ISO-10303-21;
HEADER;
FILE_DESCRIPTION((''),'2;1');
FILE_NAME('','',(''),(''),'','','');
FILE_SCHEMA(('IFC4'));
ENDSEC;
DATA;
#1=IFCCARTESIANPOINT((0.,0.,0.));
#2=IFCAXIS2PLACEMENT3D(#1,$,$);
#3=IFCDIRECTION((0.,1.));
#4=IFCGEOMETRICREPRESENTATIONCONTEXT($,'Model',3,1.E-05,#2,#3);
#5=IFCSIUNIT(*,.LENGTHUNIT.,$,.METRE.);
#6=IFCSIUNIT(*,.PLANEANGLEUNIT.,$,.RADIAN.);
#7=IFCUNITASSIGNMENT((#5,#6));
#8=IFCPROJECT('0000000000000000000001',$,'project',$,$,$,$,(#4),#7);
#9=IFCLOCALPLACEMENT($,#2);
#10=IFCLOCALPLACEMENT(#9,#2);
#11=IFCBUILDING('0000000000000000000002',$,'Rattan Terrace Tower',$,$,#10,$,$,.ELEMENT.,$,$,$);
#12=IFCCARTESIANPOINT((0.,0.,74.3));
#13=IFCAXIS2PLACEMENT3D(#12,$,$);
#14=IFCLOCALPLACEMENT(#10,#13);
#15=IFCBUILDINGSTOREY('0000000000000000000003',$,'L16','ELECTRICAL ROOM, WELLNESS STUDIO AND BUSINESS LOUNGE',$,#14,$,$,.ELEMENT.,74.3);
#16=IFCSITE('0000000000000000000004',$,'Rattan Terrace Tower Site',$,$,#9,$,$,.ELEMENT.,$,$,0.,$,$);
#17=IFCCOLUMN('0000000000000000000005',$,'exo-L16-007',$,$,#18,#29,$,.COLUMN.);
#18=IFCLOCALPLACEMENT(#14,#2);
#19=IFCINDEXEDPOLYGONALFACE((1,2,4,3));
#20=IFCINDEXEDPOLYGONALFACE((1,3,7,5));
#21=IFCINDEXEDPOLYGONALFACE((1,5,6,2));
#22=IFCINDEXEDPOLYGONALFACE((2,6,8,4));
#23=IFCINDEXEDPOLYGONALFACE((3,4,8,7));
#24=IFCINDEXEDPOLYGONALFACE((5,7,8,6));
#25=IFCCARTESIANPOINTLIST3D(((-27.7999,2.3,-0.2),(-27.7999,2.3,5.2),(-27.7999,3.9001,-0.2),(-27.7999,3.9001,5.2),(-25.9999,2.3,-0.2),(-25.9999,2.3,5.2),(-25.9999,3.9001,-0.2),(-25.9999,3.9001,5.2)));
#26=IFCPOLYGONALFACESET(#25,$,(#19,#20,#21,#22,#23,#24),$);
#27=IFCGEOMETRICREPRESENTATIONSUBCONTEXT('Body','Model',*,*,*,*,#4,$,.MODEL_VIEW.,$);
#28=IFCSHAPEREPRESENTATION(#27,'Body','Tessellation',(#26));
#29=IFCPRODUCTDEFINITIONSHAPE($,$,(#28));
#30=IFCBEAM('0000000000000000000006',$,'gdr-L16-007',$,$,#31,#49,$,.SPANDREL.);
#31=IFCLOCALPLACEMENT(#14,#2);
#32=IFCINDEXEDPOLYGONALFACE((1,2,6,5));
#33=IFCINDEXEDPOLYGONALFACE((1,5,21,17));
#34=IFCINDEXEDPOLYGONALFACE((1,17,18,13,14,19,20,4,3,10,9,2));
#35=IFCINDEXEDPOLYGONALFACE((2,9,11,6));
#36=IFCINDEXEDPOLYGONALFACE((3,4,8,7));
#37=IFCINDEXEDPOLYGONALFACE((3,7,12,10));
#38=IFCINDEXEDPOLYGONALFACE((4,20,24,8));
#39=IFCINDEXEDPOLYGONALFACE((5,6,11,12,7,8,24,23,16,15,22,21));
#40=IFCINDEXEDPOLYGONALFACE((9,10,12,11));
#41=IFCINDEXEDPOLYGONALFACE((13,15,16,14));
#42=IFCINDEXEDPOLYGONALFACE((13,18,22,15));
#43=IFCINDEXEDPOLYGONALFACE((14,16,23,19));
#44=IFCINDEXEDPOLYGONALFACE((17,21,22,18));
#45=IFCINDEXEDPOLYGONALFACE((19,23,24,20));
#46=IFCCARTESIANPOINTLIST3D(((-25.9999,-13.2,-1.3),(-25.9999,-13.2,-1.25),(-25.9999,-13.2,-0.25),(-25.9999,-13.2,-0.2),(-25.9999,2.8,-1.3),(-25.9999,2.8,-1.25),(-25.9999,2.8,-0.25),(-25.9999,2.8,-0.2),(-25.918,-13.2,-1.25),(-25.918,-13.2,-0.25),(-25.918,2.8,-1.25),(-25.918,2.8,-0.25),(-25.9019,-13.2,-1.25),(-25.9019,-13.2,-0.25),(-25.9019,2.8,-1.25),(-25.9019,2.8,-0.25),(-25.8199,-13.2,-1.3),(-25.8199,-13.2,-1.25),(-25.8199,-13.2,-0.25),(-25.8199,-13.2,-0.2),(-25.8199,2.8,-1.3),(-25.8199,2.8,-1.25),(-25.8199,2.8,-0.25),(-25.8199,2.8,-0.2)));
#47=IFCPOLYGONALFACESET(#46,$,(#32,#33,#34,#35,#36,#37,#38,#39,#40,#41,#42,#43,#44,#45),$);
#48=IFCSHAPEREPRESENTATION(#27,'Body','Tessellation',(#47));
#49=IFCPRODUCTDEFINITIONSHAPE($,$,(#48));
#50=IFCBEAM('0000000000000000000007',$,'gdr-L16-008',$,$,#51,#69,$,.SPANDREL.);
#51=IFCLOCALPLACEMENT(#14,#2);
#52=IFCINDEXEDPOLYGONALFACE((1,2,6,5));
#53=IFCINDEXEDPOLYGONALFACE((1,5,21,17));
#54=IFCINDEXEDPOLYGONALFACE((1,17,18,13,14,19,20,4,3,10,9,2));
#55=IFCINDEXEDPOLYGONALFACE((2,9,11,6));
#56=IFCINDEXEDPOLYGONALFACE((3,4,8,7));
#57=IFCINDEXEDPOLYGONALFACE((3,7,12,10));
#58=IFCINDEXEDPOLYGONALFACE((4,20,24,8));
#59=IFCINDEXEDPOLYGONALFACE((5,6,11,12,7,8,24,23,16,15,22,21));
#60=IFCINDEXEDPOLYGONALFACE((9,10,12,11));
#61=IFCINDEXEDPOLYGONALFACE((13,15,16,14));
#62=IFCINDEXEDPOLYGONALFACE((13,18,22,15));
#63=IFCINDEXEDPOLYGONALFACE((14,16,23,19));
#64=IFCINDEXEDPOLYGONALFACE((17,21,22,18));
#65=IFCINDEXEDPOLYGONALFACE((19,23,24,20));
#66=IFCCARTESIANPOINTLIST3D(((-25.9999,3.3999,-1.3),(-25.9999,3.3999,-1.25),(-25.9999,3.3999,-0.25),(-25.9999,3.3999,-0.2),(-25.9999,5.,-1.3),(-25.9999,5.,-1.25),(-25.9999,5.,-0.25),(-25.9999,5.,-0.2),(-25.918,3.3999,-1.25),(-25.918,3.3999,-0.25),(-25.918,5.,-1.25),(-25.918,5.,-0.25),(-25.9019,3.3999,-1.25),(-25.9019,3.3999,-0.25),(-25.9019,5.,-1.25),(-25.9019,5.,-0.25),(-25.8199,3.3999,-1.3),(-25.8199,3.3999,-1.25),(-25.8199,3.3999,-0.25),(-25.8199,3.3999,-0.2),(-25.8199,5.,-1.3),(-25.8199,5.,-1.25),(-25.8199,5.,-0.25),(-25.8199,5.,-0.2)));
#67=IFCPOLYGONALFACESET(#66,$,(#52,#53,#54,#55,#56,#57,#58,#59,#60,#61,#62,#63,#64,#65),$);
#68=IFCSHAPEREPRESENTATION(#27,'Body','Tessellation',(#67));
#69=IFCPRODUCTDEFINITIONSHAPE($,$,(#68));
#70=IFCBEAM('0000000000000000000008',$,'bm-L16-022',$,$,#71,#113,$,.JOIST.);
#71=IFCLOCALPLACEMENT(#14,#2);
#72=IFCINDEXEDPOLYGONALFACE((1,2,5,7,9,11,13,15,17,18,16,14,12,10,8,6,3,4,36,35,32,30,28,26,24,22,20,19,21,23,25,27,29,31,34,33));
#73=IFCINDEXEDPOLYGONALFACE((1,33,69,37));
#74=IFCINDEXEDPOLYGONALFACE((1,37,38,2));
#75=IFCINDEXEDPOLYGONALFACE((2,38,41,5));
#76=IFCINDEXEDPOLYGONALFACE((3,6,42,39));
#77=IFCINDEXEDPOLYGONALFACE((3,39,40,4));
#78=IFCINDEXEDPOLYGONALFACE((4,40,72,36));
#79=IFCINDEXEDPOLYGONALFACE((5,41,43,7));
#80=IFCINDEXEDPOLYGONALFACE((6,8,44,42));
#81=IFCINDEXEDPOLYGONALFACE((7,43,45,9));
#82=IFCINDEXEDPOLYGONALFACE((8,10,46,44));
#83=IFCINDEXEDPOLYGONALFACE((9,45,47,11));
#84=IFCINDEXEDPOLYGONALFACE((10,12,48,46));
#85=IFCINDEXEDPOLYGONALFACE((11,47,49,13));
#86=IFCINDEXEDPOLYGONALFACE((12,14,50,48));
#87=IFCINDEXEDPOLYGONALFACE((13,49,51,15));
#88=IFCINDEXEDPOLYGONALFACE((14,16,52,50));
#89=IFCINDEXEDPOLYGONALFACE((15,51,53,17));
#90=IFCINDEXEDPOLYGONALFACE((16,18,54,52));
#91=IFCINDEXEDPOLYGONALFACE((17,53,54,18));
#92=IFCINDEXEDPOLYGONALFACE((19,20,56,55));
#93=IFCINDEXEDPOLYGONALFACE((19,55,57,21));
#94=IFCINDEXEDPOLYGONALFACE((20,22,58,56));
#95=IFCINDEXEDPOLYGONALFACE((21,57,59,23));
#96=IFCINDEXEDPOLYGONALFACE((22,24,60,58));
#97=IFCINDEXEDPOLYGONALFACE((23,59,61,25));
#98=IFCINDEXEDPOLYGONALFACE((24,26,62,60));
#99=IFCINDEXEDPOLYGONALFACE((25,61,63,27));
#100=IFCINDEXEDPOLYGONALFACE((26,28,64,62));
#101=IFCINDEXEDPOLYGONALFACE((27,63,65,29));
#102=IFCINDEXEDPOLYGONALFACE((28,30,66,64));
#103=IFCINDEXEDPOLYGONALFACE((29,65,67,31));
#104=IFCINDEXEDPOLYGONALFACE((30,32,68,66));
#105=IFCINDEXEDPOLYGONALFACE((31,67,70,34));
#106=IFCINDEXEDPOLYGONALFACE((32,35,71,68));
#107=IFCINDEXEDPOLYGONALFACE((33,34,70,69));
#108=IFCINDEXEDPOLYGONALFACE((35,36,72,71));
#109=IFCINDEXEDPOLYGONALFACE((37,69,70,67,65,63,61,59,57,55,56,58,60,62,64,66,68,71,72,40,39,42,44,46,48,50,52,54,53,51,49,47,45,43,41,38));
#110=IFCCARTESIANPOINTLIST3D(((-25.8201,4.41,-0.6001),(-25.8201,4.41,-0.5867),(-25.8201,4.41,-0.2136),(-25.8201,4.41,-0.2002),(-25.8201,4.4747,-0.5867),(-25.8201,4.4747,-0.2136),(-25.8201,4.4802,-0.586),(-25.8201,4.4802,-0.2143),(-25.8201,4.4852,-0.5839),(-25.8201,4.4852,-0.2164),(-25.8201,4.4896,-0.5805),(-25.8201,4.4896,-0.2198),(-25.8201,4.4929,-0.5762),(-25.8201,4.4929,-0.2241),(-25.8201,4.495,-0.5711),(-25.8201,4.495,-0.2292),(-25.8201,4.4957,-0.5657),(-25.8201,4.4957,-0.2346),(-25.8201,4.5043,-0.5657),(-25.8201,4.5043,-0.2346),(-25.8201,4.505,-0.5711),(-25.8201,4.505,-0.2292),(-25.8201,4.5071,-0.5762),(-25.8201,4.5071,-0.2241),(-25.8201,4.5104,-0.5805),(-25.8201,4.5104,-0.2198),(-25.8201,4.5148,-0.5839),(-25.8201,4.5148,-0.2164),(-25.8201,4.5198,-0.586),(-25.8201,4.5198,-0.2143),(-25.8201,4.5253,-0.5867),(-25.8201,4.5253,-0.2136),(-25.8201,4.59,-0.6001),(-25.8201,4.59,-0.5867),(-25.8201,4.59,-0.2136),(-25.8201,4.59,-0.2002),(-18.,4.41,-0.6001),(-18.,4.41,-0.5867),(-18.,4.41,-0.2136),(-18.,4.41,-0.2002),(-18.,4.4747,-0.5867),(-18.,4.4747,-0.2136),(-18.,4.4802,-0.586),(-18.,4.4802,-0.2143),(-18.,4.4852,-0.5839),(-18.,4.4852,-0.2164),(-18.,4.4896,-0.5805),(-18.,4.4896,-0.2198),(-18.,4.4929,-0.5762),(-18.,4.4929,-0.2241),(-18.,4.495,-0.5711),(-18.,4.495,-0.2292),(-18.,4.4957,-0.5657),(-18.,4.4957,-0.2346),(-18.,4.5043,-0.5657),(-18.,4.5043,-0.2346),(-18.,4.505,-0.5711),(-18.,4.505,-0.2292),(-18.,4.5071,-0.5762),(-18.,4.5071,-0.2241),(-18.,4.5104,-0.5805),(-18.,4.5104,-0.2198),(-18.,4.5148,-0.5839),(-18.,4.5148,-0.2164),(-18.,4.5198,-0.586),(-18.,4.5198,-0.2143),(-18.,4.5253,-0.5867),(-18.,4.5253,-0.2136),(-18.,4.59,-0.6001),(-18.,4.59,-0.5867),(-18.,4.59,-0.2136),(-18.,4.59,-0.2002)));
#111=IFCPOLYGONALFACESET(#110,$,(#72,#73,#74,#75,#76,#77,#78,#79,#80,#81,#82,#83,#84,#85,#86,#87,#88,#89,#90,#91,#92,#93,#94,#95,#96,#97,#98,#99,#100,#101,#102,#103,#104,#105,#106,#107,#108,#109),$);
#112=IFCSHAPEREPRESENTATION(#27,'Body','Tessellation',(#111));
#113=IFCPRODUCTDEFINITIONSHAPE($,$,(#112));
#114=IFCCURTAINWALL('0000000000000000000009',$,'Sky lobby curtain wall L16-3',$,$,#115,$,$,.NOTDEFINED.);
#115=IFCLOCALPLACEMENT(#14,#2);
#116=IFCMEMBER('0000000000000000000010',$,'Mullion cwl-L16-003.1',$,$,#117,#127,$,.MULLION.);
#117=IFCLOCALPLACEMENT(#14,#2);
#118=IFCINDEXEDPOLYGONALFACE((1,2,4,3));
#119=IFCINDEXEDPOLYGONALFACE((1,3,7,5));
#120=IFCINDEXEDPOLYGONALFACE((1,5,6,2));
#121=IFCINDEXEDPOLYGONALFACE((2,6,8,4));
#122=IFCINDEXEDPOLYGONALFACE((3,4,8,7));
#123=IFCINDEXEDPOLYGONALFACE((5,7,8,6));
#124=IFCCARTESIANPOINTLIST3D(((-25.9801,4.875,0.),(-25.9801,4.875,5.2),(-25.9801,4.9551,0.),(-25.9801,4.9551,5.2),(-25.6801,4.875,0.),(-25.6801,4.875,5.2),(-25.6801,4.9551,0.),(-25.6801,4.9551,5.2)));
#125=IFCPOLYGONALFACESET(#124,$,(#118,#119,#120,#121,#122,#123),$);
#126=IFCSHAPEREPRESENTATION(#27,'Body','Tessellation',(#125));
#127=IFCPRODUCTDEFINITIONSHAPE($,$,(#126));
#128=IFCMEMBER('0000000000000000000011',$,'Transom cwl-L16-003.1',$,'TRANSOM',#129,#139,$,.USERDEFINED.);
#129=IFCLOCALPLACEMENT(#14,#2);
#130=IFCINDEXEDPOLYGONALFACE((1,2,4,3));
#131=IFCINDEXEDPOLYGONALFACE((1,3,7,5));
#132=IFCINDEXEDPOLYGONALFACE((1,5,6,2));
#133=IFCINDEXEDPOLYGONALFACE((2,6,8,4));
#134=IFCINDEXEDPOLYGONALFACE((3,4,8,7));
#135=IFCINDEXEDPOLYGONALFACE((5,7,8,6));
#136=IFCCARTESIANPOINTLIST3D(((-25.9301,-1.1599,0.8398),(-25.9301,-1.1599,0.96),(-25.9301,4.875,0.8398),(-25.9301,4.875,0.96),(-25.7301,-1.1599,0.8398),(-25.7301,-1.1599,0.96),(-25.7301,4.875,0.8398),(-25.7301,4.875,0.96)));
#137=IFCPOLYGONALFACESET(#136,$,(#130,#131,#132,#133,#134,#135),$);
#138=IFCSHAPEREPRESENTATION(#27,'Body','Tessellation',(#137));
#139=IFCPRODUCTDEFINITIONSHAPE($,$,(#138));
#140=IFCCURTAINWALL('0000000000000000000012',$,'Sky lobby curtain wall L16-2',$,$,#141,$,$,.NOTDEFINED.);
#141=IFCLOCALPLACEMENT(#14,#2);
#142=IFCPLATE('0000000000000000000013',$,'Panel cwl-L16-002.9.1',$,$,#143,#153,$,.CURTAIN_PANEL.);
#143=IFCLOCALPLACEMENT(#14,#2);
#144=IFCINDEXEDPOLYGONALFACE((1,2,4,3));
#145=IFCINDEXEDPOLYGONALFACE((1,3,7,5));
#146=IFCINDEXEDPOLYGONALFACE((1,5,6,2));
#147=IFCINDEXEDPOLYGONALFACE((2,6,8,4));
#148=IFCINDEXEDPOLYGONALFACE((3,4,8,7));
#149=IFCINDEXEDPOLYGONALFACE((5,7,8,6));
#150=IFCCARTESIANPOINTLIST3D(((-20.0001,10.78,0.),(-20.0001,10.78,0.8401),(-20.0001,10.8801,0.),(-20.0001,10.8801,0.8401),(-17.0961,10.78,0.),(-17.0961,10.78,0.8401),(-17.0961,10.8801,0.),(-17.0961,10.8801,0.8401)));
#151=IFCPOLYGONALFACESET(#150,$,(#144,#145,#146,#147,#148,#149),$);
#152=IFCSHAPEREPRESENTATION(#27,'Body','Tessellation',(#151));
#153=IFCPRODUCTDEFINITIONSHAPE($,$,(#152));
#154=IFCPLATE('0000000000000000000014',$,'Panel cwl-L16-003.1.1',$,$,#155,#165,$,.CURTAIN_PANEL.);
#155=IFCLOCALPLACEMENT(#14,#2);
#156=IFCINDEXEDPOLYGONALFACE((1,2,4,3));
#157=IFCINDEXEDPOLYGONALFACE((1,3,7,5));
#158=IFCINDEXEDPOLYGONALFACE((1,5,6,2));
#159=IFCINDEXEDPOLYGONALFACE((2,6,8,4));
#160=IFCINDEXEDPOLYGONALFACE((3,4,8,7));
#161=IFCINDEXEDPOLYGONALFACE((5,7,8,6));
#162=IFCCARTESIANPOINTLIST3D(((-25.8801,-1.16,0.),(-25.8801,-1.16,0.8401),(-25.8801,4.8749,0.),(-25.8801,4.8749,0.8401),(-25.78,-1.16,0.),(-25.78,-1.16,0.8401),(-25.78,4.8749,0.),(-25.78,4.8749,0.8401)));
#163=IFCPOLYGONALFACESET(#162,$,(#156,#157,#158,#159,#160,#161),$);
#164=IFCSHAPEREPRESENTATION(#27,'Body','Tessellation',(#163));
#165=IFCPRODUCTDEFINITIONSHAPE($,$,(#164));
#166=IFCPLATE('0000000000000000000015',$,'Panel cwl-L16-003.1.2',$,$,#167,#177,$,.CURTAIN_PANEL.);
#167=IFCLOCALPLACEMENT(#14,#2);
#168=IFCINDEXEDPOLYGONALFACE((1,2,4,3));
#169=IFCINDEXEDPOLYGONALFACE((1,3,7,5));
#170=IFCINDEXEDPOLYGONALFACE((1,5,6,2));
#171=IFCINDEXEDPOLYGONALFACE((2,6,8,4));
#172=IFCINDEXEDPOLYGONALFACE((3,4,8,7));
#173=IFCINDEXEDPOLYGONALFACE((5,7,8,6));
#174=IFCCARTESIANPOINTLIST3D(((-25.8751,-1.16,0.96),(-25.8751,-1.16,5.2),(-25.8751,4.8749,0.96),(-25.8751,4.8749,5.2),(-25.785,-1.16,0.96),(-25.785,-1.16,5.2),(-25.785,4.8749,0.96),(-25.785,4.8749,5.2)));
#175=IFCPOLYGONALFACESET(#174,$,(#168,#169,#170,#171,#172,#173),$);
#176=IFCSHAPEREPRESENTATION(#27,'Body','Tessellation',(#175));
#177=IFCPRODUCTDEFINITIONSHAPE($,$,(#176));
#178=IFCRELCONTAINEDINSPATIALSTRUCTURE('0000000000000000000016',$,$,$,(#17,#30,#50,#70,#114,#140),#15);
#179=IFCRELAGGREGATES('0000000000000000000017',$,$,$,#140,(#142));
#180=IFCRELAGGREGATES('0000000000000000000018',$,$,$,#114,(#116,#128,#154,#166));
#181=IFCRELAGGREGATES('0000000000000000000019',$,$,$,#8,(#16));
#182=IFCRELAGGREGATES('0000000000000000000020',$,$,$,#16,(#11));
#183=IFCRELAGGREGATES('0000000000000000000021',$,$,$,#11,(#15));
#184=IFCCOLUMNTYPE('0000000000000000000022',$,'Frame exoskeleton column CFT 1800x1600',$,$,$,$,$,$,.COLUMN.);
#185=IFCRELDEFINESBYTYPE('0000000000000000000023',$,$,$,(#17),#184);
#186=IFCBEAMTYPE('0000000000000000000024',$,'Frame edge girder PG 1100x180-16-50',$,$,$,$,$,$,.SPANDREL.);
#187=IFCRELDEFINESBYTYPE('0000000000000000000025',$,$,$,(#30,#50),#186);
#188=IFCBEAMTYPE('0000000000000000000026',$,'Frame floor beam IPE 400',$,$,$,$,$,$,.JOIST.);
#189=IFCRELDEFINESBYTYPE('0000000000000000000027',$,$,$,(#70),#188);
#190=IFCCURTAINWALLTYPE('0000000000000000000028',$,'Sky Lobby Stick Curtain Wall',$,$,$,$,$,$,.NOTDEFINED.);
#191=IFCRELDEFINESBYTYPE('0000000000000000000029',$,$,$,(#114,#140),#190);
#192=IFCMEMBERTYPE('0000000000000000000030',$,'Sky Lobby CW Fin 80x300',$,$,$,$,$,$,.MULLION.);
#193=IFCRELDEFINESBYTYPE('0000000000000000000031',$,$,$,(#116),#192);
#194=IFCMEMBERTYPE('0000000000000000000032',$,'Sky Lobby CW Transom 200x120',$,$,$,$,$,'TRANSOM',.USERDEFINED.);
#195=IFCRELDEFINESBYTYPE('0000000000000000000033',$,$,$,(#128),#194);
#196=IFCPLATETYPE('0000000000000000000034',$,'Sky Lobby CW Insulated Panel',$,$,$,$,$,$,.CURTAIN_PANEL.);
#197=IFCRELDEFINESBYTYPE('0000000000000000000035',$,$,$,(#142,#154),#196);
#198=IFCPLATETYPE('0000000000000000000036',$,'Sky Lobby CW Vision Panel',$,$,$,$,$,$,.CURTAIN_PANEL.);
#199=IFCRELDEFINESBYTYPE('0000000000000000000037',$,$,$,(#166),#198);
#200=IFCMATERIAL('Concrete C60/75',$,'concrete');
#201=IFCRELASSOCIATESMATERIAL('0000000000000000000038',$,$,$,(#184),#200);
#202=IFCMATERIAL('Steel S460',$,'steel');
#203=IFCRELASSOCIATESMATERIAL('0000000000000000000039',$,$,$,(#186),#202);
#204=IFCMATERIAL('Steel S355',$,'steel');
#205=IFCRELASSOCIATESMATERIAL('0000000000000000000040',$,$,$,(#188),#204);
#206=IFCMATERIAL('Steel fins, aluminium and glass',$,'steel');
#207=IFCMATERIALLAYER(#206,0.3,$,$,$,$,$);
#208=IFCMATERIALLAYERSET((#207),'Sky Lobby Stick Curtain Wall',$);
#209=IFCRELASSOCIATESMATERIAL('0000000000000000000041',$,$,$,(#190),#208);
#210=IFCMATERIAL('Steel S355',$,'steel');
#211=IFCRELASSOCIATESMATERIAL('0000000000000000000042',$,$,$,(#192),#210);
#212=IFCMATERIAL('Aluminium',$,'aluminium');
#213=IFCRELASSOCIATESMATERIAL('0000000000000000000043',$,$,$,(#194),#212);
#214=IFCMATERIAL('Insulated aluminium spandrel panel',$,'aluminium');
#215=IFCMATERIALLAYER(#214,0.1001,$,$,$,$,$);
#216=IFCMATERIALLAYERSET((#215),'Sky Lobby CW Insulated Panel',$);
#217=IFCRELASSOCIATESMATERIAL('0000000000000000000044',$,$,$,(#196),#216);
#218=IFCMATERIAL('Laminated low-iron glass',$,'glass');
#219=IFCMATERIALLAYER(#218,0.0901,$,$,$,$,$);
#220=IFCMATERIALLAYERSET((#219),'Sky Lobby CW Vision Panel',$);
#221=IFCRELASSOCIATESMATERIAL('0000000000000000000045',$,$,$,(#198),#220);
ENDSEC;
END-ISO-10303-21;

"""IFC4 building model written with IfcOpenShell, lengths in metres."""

from ifc_helpers import new_model, si_unit, direction, frame, origin, origin_2d, place, context, subcontext, project, spatial, rectangle, i_section, extrude, material, layer, layer_set, material_profile, profile_set, type_object, element, aggregate, save


model = new_model("IFC4")

# Units and contexts
model_context = context("Model", 3, precision=1e-05, world=origin(), true_north=direction((0.0, 1.0)))
body_context = subcontext(model_context, "Body", "Model", "MODEL_VIEW")
ifc_project = project(units=[si_unit("LENGTHUNIT", "METRE"), si_unit("PLANEANGLEUNIT", "RADIAN")], contexts=[model_context])

# Site, building, storey
site_placement = place(None, origin())
site = spatial("IfcSite", under=ifc_project, at=site_placement, Name="Rattan Terrace Tower Site", CompositionType="ELEMENT", RefElevation=0.0)
building_placement = place(site_placement, origin())
building = spatial("IfcBuilding", under=site, at=building_placement, Name="Rattan Terrace Tower", CompositionType="ELEMENT")
storey_placement = place(building_placement, frame((0.0, 0.0, 74.3)))
storey = spatial("IfcBuildingStorey", under=building, at=storey_placement, Name="L16", Description="ELECTRICAL ROOM, WELLNESS STUDIO AND BUSINESS LOUNGE", CompositionType="ELEMENT", Elevation=74.3)

# Column
ifc_material_1 = material(Name="Concrete C60/75", Category="concrete")
ifc_material_profile_1 = material_profile(ifc_material_1, rectangle(XDim=1.6001, YDim=1.8, at=origin_2d()), Name="CFT 1800x1600")
ifc_profile_set_1 = profile_set([ifc_material_profile_1], Name="Concrete C60/75")
column_type = type_object("IfcColumnType", Name="Frame exoskeleton column CFT 1800x1600", PredefinedType="COLUMN", material=ifc_profile_set_1)
column_placement = place(storey_placement, frame((-26.8999, 3.1001, -0.2), z_axis=(0.0, 0.0, 1.0), x_axis=(0.0, 1.0, 0.0)))
element("IfcColumn", 1, at=column_placement, inside=storey, type_object=column_type, Name="exo-L16-007", PredefinedType="COLUMN", context=body_context, shape_type="SweptSolid", body=[
    extrude(rectangle(XDim=1.6001, YDim=1.8, at=origin_2d()), origin(), (0.0, 0.0, 1.0), 5.3999),
])

# Beams
ifc_material_2 = material(Name="Steel S460", Category="steel")
ifc_material_profile_2 = material_profile(ifc_material_2, i_section(OverallWidth=0.1799, OverallDepth=1.1001, WebThickness=0.0161, FlangeThickness=0.05, at=origin_2d()), Name="PG 1100x180-16-50")
ifc_profile_set_2 = profile_set([ifc_material_profile_2], Name="Steel S460")
beam_type_1 = type_object("IfcBeamType", Name="Frame edge girder PG 1100x180-16-50", PredefinedType="SPANDREL", material=ifc_profile_set_2)
beam_1_placement = place(storey_placement, frame((-25.9099, 2.8, -0.75), z_axis=(0.0, -1.0, 0.0), x_axis=(1.0, 0.0, 0.0)))
element("IfcBeam", 2, at=beam_1_placement, inside=storey, type_object=beam_type_1, Name="gdr-L16-007", PredefinedType="SPANDREL", context=body_context, shape_type="SweptSolid", body=[
    extrude(i_section(OverallWidth=0.1799, OverallDepth=1.1001, WebThickness=0.0161, FlangeThickness=0.05, at=origin_2d()), origin(), (0.0, 0.0, 1.0), 16.0),
])
beam_2_placement = place(storey_placement, frame((-25.9099, 3.3999, -0.75), z_axis=(0.0, 1.0, 0.0), x_axis=(-1.0, 0.0, 0.0)))
element("IfcBeam", 3, at=beam_2_placement, inside=storey, type_object=beam_type_1, Name="gdr-L16-008", PredefinedType="SPANDREL", context=body_context, shape_type="SweptSolid", body=[
    extrude(i_section(OverallWidth=0.1799, OverallDepth=1.1001, WebThickness=0.0161, FlangeThickness=0.05, at=origin_2d()), origin(), (0.0, 0.0, 1.0), 1.6001),
])
ifc_material_3 = material(Name="Steel S355", Category="steel")
ifc_material_profile_3 = material_profile(ifc_material_3, i_section(OverallWidth=0.1799, OverallDepth=0.3999, WebThickness=0.0085, FlangeThickness=0.0134, FilletRadius=0.021, at=origin_2d()), Name="IPE 400")
ifc_profile_set_3 = profile_set([ifc_material_profile_3], Name="Steel S355")
beam_type_2 = type_object("IfcBeamType", Name="Frame floor beam IPE 400", PredefinedType="JOIST", material=ifc_profile_set_3)
beam_3_placement = place(storey_placement, frame((-25.8201, 4.5, -0.4001), z_axis=(1.0, 0.0, 0.0), x_axis=(0.0, 1.0, 0.0)))
element("IfcBeam", 4, at=beam_3_placement, inside=storey, type_object=beam_type_2, Name="bm-L16-022", PredefinedType="JOIST", context=body_context, shape_type="SweptSolid", body=[
    extrude(i_section(OverallWidth=0.1799, OverallDepth=0.3999, WebThickness=0.0085, FlangeThickness=0.0134, FilletRadius=0.021, at=origin_2d()), origin(), (0.0, 0.0, 1.0), 7.8201),
])

# Curtain wall, members
ifc_material_4 = material(Name="Steel fins, aluminium and glass", Category="steel")
ifc_layer_1 = layer(ifc_material_4, 0.3)
ifc_layer_set_1 = layer_set([ifc_layer_1], Name="Sky Lobby Stick Curtain Wall")
curtain_wall_type = type_object("IfcCurtainWallType", Name="Sky Lobby Stick Curtain Wall", PredefinedType="NOTDEFINED", material=ifc_layer_set_1)
curtain_wall_1_placement = place(storey_placement, origin())
curtain_wall_1 = element("IfcCurtainWall", 5, at=curtain_wall_1_placement, inside=storey, type_object=curtain_wall_type, Name="Sky lobby curtain wall L16-3", PredefinedType="NOTDEFINED")
ifc_material_5 = material(Name="Steel S355", Category="steel")
ifc_material_profile_4 = material_profile(ifc_material_5, rectangle(XDim=0.0801, YDim=0.3, at=origin_2d()), Name="Steel S355 80x300")
ifc_profile_set_4 = profile_set([ifc_material_profile_4], Name="Steel S355")
member_type_1 = type_object("IfcMemberType", Name="Sky Lobby CW Fin 80x300", PredefinedType="MULLION", material=ifc_profile_set_4)
member_1_placement = place(storey_placement, frame((-25.8301, 4.915, 0.0), z_axis=(0.0, 0.0, 1.0), x_axis=(0.0, -1.0, 0.0)))
member_1 = element("IfcMember", 6, at=member_1_placement, type_object=member_type_1, Name="Mullion cwl-L16-003.1", PredefinedType="MULLION", context=body_context, shape_type="SweptSolid", body=[
    extrude(rectangle(XDim=0.0801, YDim=0.3, at=origin_2d()), origin(), (0.0, 0.0, 1.0), 5.2),
])
ifc_material_6 = material(Name="Aluminium", Category="aluminium")
ifc_material_profile_5 = material_profile(ifc_material_6, rectangle(XDim=0.2, YDim=0.1201, at=origin_2d()), Name="Aluminium 200x120")
ifc_profile_set_5 = profile_set([ifc_material_profile_5], Name="Aluminium")
member_type_2 = type_object("IfcMemberType", Name="Sky Lobby CW Transom 200x120", ElementType="TRANSOM", PredefinedType="USERDEFINED", material=ifc_profile_set_5)
member_2_placement = place(storey_placement, frame((-25.8301, 4.875, 0.8999), z_axis=(0.0, -1.0, 0.0), x_axis=(1.0, 0.0, 0.0)))
member_2 = element("IfcMember", 7, at=member_2_placement, type_object=member_type_2, Name="Transom cwl-L16-003.1", ObjectType="TRANSOM", PredefinedType="USERDEFINED", context=body_context, shape_type="SweptSolid", body=[
    extrude(rectangle(XDim=0.2, YDim=0.1201, at=origin_2d()), origin(), (0.0, 0.0, 1.0), 6.0349),
])

# Curtain wall, plate
curtain_wall_2_placement = place(storey_placement, origin())
curtain_wall_2 = element("IfcCurtainWall", 8, at=curtain_wall_2_placement, inside=storey, type_object=curtain_wall_type, Name="Sky lobby curtain wall L16-2", PredefinedType="NOTDEFINED")
ifc_material_7 = material(Name="Insulated aluminium spandrel panel", Category="aluminium")
ifc_layer_2 = layer(ifc_material_7, 0.1001)
ifc_layer_set_2 = layer_set([ifc_layer_2], Name="Sky Lobby CW Insulated Panel")
plate_type_1 = type_object("IfcPlateType", Name="Sky Lobby CW Insulated Panel", PredefinedType="CURTAIN_PANEL", material=ifc_layer_set_2)
plate_1_placement = place(storey_placement, frame((-18.5481, 10.8301, 0.0), z_axis=(0.0, 0.0, 1.0), x_axis=(-1.0, 0.0, 0.0)))
plate_1 = element("IfcPlate", 9, at=plate_1_placement, type_object=plate_type_1, Name="Panel cwl-L16-002.9.1", PredefinedType="CURTAIN_PANEL", context=body_context, shape_type="SweptSolid", body=[
    extrude(rectangle(XDim=2.9041, YDim=0.1001, at=origin_2d()), origin(), (0.0, 0.0, 1.0), 0.8401),
])
aggregate(curtain_wall_2, [plate_1])

# Plates
plate_2_placement = place(storey_placement, frame((-25.8301, 1.8574, 0.0), z_axis=(0.0, 0.0, 1.0), x_axis=(0.0, -1.0, 0.0)))
plate_2 = element("IfcPlate", 10, at=plate_2_placement, type_object=plate_type_1, Name="Panel cwl-L16-003.1.1", PredefinedType="CURTAIN_PANEL", context=body_context, shape_type="SweptSolid", body=[
    extrude(rectangle(XDim=6.0349, YDim=0.1001, at=origin_2d()), origin(), (0.0, 0.0, 1.0), 0.8401),
])
ifc_material_8 = material(Name="Laminated low-iron glass", Category="glass")
ifc_layer_3 = layer(ifc_material_8, 0.0901)
ifc_layer_set_3 = layer_set([ifc_layer_3], Name="Sky Lobby CW Vision Panel")
plate_type_2 = type_object("IfcPlateType", Name="Sky Lobby CW Vision Panel", PredefinedType="CURTAIN_PANEL", material=ifc_layer_set_3)
plate_3_placement = place(storey_placement, frame((-25.8301, 1.8574, 0.96), z_axis=(0.0, 0.0, 1.0), x_axis=(0.0, -1.0, 0.0)))
plate_3 = element("IfcPlate", 11, at=plate_3_placement, type_object=plate_type_2, Name="Panel cwl-L16-003.1.2", PredefinedType="CURTAIN_PANEL", context=body_context, shape_type="SweptSolid", body=[
    extrude(rectangle(XDim=6.0349, YDim=0.0901, at=origin_2d()), origin(), (0.0, 0.0, 1.0), 4.24),
])
aggregate(curtain_wall_1, [member_1, member_2, plate_2, plate_3])

save(model, "model.ifc")
